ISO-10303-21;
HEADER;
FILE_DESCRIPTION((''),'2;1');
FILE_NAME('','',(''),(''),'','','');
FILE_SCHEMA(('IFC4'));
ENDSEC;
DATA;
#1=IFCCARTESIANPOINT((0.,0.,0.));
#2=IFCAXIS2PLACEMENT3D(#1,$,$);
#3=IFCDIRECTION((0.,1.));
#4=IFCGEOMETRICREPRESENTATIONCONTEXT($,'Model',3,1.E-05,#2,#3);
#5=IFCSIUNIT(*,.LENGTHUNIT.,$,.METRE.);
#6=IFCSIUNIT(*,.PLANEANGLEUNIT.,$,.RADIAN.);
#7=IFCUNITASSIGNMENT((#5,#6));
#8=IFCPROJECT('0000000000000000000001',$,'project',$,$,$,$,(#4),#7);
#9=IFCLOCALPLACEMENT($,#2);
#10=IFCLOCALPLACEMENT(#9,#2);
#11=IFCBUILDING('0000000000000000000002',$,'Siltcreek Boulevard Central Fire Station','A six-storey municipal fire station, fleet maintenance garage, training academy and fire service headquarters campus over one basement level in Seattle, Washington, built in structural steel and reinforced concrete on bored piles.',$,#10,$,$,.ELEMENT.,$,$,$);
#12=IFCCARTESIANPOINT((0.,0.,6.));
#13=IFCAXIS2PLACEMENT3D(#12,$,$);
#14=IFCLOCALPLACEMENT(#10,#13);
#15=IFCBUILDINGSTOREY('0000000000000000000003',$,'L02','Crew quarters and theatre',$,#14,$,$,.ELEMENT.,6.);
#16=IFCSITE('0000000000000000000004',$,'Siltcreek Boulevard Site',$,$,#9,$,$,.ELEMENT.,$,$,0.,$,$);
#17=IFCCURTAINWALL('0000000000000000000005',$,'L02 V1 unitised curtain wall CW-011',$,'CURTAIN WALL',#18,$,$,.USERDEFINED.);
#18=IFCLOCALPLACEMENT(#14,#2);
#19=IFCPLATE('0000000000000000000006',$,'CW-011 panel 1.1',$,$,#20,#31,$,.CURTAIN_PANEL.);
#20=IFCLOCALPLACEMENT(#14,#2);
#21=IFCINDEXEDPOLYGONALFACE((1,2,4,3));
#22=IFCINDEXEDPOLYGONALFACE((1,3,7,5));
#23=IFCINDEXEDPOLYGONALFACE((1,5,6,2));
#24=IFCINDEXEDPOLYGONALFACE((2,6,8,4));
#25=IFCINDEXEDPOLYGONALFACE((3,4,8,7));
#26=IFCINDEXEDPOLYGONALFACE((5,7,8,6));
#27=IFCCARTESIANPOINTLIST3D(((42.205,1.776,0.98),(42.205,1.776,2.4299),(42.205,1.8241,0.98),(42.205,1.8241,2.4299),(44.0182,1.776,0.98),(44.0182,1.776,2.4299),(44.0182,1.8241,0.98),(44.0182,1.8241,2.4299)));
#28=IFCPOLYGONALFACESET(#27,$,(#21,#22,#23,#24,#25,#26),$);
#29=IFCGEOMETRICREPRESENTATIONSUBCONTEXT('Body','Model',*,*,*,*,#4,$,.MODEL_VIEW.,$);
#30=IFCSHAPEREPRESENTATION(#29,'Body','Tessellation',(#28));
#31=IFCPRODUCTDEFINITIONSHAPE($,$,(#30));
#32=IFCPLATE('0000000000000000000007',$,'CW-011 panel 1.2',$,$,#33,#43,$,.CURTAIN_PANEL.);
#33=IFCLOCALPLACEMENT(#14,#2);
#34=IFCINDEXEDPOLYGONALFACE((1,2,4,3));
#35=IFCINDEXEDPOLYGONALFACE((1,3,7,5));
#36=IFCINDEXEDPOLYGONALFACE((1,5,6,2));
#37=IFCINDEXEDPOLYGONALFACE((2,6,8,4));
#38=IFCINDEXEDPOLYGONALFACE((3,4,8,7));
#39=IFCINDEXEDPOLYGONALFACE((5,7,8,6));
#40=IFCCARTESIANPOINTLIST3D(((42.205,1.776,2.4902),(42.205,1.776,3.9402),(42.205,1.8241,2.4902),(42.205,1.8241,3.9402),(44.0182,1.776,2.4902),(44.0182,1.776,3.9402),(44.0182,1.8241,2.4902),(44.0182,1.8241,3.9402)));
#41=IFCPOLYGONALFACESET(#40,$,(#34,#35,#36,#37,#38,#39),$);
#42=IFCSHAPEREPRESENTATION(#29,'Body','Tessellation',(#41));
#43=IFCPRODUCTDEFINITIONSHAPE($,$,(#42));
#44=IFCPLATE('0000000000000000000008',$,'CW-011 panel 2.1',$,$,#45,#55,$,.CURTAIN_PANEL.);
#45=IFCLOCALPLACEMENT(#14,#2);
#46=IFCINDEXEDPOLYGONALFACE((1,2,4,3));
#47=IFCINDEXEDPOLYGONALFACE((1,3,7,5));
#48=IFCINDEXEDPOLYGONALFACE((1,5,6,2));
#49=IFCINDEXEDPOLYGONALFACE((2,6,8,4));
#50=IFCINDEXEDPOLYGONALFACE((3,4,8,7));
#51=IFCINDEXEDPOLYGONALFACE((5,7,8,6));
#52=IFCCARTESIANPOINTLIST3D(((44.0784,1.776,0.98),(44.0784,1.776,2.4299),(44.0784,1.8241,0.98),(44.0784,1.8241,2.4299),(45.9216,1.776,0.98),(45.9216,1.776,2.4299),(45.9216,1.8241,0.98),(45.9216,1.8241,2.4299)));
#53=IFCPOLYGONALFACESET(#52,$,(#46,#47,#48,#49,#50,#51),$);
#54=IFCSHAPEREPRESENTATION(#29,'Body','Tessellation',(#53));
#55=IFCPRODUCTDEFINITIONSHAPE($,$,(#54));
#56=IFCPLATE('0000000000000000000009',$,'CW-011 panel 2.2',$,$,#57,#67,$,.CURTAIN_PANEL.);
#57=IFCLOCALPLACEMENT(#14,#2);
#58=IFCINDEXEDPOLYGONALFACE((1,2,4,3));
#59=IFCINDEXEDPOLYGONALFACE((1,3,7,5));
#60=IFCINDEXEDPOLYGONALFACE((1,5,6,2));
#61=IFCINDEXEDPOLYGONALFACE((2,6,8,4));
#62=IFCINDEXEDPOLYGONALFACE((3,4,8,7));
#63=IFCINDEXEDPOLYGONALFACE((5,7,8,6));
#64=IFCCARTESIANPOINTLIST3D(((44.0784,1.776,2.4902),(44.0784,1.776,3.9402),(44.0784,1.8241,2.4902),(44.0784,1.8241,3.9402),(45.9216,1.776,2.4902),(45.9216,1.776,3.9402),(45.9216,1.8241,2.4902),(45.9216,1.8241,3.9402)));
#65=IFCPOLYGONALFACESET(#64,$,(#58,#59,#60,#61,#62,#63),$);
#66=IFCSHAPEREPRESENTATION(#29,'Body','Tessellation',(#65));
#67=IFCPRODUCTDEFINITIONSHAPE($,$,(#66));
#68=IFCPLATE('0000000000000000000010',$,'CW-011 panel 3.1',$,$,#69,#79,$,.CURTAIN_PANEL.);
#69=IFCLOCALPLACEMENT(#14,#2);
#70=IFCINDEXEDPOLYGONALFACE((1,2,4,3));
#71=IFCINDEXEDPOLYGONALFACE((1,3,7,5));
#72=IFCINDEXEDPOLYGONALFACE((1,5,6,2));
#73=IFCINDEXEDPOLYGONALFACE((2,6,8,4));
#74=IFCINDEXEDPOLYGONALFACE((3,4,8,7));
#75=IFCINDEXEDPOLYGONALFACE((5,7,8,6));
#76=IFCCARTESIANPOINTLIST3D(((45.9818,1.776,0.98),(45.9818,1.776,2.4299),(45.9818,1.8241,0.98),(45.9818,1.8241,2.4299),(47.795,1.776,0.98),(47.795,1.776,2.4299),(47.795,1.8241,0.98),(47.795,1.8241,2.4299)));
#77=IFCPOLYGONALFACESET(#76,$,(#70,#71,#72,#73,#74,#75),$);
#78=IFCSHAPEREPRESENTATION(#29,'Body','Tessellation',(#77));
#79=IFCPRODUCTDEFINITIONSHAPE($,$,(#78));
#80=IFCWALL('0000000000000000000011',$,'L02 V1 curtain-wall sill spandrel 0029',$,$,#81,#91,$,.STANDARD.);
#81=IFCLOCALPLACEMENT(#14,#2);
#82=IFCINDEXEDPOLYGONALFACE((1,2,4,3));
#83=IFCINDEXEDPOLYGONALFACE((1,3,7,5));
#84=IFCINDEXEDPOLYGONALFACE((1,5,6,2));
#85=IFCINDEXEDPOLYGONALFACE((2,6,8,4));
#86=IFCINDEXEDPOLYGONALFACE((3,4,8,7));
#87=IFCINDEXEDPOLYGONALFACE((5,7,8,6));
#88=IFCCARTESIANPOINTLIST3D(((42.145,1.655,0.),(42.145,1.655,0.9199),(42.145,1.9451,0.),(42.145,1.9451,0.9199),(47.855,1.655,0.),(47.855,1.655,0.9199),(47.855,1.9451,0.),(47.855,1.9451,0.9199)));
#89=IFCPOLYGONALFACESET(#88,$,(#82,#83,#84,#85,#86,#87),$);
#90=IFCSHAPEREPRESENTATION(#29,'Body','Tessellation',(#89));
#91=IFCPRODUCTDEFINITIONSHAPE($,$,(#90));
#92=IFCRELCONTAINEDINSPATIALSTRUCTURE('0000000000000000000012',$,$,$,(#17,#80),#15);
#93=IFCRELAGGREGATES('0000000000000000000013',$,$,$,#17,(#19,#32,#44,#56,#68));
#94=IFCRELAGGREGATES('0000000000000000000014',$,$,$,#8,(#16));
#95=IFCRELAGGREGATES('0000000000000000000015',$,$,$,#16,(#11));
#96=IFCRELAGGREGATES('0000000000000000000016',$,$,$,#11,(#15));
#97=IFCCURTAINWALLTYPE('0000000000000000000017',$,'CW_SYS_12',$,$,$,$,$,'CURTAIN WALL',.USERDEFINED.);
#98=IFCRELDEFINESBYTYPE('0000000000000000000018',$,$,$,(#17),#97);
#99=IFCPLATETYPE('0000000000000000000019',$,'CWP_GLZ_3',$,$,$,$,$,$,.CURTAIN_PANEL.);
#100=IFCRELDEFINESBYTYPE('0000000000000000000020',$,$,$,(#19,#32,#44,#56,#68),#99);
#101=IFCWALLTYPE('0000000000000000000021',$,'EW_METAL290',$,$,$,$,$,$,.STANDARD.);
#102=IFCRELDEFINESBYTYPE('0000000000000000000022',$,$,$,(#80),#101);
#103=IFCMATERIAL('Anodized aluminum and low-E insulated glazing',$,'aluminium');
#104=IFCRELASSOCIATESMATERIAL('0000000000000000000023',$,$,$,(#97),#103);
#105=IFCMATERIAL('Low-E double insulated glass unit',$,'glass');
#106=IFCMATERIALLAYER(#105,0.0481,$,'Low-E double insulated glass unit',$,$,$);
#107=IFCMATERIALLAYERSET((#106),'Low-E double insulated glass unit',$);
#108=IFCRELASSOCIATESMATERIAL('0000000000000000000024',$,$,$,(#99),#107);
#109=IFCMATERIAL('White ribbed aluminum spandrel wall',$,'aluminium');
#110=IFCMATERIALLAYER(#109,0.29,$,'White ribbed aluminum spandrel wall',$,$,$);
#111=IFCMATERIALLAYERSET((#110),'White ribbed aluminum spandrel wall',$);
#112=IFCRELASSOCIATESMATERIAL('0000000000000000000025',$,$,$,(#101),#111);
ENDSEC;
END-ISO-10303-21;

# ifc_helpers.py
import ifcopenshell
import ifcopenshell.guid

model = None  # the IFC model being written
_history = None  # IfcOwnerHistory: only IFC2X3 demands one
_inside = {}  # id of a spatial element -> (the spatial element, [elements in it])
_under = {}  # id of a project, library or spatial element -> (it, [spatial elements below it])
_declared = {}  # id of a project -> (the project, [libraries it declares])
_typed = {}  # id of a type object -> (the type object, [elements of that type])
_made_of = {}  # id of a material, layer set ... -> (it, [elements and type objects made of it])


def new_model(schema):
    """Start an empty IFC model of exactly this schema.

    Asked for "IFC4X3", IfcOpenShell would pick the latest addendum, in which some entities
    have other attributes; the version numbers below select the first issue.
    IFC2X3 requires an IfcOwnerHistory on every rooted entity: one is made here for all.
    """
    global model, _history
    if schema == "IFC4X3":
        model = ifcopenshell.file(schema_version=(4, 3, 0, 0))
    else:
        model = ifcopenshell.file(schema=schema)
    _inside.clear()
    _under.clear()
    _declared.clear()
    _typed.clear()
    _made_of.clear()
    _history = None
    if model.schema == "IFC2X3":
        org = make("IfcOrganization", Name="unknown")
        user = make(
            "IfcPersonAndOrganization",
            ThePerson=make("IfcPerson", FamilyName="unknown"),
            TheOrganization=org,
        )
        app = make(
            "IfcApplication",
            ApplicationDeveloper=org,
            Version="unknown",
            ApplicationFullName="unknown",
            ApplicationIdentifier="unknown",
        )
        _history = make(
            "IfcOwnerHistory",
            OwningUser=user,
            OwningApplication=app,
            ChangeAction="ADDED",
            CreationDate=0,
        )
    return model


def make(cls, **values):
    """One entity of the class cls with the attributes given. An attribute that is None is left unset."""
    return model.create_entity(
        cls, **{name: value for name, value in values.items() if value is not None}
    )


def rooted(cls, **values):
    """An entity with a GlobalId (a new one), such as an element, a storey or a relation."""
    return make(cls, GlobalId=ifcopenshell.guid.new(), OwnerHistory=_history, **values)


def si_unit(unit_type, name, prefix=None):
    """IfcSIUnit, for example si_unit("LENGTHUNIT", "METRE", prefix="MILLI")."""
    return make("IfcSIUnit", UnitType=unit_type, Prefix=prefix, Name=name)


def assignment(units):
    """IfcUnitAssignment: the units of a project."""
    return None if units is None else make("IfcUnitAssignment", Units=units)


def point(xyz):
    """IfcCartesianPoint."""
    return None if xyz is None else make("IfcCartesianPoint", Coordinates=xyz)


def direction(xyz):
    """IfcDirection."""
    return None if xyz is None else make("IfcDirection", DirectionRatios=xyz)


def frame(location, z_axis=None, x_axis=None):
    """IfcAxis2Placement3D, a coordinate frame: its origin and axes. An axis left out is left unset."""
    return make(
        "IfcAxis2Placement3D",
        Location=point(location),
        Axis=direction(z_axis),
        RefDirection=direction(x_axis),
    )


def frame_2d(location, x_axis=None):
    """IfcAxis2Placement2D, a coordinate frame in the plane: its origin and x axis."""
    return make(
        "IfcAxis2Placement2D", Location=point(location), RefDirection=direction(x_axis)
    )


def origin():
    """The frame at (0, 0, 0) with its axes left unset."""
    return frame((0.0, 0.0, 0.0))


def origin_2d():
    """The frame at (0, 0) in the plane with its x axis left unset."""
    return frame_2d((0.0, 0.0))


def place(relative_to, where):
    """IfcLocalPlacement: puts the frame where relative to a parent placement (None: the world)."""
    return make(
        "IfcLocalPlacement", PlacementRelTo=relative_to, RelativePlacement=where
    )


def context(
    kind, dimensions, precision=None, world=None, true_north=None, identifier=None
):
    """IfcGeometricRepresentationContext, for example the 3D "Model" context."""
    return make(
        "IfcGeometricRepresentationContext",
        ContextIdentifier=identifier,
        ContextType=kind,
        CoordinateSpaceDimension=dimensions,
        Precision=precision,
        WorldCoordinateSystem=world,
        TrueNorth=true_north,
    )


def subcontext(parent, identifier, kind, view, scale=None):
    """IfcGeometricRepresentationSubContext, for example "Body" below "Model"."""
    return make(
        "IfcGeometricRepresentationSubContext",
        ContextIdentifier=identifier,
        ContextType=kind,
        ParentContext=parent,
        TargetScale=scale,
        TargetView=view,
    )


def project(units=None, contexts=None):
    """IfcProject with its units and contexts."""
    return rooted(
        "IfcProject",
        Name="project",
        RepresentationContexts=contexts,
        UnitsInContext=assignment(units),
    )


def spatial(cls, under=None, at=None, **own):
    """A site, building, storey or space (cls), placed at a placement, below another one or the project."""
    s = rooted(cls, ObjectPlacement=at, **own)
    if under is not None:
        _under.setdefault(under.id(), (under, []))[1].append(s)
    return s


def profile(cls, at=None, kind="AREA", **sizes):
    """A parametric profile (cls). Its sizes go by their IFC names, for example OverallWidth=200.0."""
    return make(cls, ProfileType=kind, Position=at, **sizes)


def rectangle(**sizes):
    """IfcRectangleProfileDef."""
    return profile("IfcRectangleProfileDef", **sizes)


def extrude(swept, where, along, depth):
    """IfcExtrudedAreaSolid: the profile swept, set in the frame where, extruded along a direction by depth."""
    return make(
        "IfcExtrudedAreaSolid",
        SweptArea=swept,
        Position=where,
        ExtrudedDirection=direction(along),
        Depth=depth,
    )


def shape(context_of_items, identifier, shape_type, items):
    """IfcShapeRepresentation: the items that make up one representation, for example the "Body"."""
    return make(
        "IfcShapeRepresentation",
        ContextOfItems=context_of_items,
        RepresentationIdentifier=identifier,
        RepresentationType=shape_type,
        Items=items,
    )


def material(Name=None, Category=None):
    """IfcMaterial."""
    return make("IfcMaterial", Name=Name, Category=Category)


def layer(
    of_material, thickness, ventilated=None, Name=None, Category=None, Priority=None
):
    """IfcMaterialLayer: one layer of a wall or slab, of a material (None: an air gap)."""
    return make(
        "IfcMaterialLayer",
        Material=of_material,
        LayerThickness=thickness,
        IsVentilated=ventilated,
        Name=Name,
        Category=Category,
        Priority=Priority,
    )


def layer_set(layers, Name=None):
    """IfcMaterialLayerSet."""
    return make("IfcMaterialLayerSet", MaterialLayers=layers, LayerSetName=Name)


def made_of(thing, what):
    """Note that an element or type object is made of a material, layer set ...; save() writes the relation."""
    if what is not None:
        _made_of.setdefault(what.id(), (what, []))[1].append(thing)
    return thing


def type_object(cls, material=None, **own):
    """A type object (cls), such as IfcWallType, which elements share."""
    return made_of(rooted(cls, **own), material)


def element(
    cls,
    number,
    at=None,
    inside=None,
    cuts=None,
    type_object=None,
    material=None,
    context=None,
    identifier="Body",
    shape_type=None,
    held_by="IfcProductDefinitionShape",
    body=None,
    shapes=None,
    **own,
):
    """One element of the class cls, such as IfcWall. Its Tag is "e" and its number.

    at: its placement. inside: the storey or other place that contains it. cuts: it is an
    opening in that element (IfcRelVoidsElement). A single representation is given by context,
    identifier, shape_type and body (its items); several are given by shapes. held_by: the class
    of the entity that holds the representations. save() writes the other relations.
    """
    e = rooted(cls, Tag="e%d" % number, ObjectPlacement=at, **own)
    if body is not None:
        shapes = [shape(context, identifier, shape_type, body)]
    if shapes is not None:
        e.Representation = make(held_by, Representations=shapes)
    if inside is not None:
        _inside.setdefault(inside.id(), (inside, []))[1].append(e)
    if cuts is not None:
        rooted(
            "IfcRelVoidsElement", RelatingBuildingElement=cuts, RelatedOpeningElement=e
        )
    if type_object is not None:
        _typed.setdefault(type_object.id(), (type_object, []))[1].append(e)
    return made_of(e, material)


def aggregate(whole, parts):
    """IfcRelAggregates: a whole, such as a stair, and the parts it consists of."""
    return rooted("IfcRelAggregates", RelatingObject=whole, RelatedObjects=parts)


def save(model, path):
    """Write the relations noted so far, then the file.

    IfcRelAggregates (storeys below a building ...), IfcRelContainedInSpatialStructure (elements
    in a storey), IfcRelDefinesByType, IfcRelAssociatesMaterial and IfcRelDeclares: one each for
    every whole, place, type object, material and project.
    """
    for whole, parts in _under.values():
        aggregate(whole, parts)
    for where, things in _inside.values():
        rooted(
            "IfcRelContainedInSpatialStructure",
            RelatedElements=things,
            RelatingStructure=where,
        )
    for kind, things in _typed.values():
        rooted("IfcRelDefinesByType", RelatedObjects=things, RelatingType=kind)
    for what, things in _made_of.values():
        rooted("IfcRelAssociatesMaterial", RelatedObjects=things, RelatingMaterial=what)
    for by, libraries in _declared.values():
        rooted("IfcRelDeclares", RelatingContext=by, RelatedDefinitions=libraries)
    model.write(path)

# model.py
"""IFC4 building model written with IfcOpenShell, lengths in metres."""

from ifc_helpers import new_model, si_unit, direction, frame, frame_2d, origin, origin_2d, place, context, subcontext, project, spatial, rectangle, extrude, material, layer, layer_set, type_object, element, aggregate, save


model = new_model("IFC4")

# Units and contexts
model_context = context("Model", 3, precision=1e-05, world=origin(), true_north=direction((0.0, 1.0)))
body_context = subcontext(model_context, "Body", "Model", "MODEL_VIEW")
ifc_project = project(units=[si_unit("LENGTHUNIT", "METRE"), si_unit("PLANEANGLEUNIT", "RADIAN")], contexts=[model_context])

# Site, building, storey
site_placement = place(None, origin())
site = spatial("IfcSite", under=ifc_project, at=site_placement, Name="Siltcreek Boulevard Site", CompositionType="ELEMENT", RefElevation=0.0)
building_placement = place(site_placement, origin())
building = spatial("IfcBuilding", under=site, at=building_placement, Name="Siltcreek Boulevard Central Fire Station", Description="A six-storey municipal fire station, fleet maintenance garage, training academy and fire service headquarters campus over one basement level in Seattle, Washington, built in structural steel and reinforced concrete on bored piles.", CompositionType="ELEMENT")
storey_placement = place(building_placement, frame((0.0, 0.0, 6.0)))
storey = spatial("IfcBuildingStorey", under=building, at=storey_placement, Name="L02", Description="Crew quarters and theatre", CompositionType="ELEMENT", Elevation=6.0)

# Curtain wall, plates
ifc_material_1 = material(Name="Anodized aluminum and low-E insulated glazing", Category="aluminium")
curtain_wall_type = type_object("IfcCurtainWallType", Name="CW_SYS_12", ElementType="CURTAIN WALL", PredefinedType="USERDEFINED", material=ifc_material_1)
curtain_wall_placement = place(storey_placement, origin())
curtain_wall = element("IfcCurtainWall", 1, at=curtain_wall_placement, inside=storey, type_object=curtain_wall_type, Name="L02 V1 unitised curtain wall CW-011", ObjectType="CURTAIN WALL", PredefinedType="USERDEFINED")
ifc_material_2 = material(Name="Low-E double insulated glass unit", Category="glass")
ifc_layer_1 = layer(ifc_material_2, 0.0481, Name="Low-E double insulated glass unit")
ifc_layer_set_1 = layer_set([ifc_layer_1], Name="Low-E double insulated glass unit")
plate_type = type_object("IfcPlateType", Name="CWP_GLZ_3", PredefinedType="CURTAIN_PANEL", material=ifc_layer_set_1)
plate_1_placement = place(storey_placement, frame((43.1116, 1.8, 0.98), z_axis=(0.0, 0.0, 1.0), x_axis=(1.0, 0.0, 0.0)))
plate_1 = element("IfcPlate", 2, at=plate_1_placement, type_object=plate_type, Name="CW-011 panel 1.1", PredefinedType="CURTAIN_PANEL", context=body_context, shape_type="SweptSolid", body=[
    extrude(rectangle(XDim=1.8132, YDim=0.0481, at=origin_2d()), origin(), (0.0, 0.0, 1.0), 1.45),
])
plate_2_placement = place(storey_placement, frame((43.1116, 1.8, 2.4902), z_axis=(0.0, 0.0, 1.0), x_axis=(1.0, 0.0, 0.0)))
plate_2 = element("IfcPlate", 3, at=plate_2_placement, type_object=plate_type, Name="CW-011 panel 1.2", PredefinedType="CURTAIN_PANEL", context=body_context, shape_type="SweptSolid", body=[
    extrude(rectangle(XDim=1.8132, YDim=0.0481, at=origin_2d()), origin(), (0.0, 0.0, 1.0), 1.45),
])
plate_3_placement = place(storey_placement, frame((45.0, 1.8, 0.98), z_axis=(0.0, 0.0, 1.0), x_axis=(1.0, 0.0, 0.0)))
plate_3 = element("IfcPlate", 4, at=plate_3_placement, type_object=plate_type, Name="CW-011 panel 2.1", PredefinedType="CURTAIN_PANEL", context=body_context, shape_type="SweptSolid", body=[
    extrude(rectangle(XDim=1.8433, YDim=0.0481, at=origin_2d()), origin(), (0.0, 0.0, 1.0), 1.45),
])
plate_4_placement = place(storey_placement, frame((45.0, 1.8, 2.4902), z_axis=(0.0, 0.0, 1.0), x_axis=(1.0, 0.0, 0.0)))
plate_4 = element("IfcPlate", 5, at=plate_4_placement, type_object=plate_type, Name="CW-011 panel 2.2", PredefinedType="CURTAIN_PANEL", context=body_context, shape_type="SweptSolid", body=[
    extrude(rectangle(XDim=1.8433, YDim=0.0481, at=origin_2d()), origin(), (0.0, 0.0, 1.0), 1.45),
])
plate_5_placement = place(storey_placement, frame((46.8884, 1.8, 0.98), z_axis=(0.0, 0.0, 1.0), x_axis=(1.0, 0.0, 0.0)))
plate_5 = element("IfcPlate", 6, at=plate_5_placement, type_object=plate_type, Name="CW-011 panel 3.1", PredefinedType="CURTAIN_PANEL", context=body_context, shape_type="SweptSolid", body=[
    extrude(rectangle(XDim=1.8132, YDim=0.0481, at=origin_2d()), origin(), (0.0, 0.0, 1.0), 1.45),
])
aggregate(curtain_wall, [plate_1, plate_2, plate_3, plate_4, plate_5])

# Wall
ifc_material_3 = material(Name="White ribbed aluminum spandrel wall", Category="aluminium")
ifc_layer_2 = layer(ifc_material_3, 0.29, Name="White ribbed aluminum spandrel wall")
ifc_layer_set_2 = layer_set([ifc_layer_2], Name="White ribbed aluminum spandrel wall")
wall_type = type_object("IfcWallType", Name="EW_METAL290", PredefinedType="STANDARD", material=ifc_layer_set_2)
wall_placement = place(storey_placement, frame((42.145, 1.8, 0.0), z_axis=(0.0, 0.0, 1.0), x_axis=(1.0, 0.0, 0.0)))
element("IfcWall", 7, at=wall_placement, inside=storey, type_object=wall_type, Name="L02 V1 curtain-wall sill spandrel 0029", PredefinedType="STANDARD", context=body_context, shape_type="SweptSolid", body=[
    extrude(rectangle(XDim=5.71, YDim=0.29, at=frame_2d((2.855, 0.0))), origin(), (0.0, 0.0, 1.0), 0.9199),
])

save(model, "model.ifc")
